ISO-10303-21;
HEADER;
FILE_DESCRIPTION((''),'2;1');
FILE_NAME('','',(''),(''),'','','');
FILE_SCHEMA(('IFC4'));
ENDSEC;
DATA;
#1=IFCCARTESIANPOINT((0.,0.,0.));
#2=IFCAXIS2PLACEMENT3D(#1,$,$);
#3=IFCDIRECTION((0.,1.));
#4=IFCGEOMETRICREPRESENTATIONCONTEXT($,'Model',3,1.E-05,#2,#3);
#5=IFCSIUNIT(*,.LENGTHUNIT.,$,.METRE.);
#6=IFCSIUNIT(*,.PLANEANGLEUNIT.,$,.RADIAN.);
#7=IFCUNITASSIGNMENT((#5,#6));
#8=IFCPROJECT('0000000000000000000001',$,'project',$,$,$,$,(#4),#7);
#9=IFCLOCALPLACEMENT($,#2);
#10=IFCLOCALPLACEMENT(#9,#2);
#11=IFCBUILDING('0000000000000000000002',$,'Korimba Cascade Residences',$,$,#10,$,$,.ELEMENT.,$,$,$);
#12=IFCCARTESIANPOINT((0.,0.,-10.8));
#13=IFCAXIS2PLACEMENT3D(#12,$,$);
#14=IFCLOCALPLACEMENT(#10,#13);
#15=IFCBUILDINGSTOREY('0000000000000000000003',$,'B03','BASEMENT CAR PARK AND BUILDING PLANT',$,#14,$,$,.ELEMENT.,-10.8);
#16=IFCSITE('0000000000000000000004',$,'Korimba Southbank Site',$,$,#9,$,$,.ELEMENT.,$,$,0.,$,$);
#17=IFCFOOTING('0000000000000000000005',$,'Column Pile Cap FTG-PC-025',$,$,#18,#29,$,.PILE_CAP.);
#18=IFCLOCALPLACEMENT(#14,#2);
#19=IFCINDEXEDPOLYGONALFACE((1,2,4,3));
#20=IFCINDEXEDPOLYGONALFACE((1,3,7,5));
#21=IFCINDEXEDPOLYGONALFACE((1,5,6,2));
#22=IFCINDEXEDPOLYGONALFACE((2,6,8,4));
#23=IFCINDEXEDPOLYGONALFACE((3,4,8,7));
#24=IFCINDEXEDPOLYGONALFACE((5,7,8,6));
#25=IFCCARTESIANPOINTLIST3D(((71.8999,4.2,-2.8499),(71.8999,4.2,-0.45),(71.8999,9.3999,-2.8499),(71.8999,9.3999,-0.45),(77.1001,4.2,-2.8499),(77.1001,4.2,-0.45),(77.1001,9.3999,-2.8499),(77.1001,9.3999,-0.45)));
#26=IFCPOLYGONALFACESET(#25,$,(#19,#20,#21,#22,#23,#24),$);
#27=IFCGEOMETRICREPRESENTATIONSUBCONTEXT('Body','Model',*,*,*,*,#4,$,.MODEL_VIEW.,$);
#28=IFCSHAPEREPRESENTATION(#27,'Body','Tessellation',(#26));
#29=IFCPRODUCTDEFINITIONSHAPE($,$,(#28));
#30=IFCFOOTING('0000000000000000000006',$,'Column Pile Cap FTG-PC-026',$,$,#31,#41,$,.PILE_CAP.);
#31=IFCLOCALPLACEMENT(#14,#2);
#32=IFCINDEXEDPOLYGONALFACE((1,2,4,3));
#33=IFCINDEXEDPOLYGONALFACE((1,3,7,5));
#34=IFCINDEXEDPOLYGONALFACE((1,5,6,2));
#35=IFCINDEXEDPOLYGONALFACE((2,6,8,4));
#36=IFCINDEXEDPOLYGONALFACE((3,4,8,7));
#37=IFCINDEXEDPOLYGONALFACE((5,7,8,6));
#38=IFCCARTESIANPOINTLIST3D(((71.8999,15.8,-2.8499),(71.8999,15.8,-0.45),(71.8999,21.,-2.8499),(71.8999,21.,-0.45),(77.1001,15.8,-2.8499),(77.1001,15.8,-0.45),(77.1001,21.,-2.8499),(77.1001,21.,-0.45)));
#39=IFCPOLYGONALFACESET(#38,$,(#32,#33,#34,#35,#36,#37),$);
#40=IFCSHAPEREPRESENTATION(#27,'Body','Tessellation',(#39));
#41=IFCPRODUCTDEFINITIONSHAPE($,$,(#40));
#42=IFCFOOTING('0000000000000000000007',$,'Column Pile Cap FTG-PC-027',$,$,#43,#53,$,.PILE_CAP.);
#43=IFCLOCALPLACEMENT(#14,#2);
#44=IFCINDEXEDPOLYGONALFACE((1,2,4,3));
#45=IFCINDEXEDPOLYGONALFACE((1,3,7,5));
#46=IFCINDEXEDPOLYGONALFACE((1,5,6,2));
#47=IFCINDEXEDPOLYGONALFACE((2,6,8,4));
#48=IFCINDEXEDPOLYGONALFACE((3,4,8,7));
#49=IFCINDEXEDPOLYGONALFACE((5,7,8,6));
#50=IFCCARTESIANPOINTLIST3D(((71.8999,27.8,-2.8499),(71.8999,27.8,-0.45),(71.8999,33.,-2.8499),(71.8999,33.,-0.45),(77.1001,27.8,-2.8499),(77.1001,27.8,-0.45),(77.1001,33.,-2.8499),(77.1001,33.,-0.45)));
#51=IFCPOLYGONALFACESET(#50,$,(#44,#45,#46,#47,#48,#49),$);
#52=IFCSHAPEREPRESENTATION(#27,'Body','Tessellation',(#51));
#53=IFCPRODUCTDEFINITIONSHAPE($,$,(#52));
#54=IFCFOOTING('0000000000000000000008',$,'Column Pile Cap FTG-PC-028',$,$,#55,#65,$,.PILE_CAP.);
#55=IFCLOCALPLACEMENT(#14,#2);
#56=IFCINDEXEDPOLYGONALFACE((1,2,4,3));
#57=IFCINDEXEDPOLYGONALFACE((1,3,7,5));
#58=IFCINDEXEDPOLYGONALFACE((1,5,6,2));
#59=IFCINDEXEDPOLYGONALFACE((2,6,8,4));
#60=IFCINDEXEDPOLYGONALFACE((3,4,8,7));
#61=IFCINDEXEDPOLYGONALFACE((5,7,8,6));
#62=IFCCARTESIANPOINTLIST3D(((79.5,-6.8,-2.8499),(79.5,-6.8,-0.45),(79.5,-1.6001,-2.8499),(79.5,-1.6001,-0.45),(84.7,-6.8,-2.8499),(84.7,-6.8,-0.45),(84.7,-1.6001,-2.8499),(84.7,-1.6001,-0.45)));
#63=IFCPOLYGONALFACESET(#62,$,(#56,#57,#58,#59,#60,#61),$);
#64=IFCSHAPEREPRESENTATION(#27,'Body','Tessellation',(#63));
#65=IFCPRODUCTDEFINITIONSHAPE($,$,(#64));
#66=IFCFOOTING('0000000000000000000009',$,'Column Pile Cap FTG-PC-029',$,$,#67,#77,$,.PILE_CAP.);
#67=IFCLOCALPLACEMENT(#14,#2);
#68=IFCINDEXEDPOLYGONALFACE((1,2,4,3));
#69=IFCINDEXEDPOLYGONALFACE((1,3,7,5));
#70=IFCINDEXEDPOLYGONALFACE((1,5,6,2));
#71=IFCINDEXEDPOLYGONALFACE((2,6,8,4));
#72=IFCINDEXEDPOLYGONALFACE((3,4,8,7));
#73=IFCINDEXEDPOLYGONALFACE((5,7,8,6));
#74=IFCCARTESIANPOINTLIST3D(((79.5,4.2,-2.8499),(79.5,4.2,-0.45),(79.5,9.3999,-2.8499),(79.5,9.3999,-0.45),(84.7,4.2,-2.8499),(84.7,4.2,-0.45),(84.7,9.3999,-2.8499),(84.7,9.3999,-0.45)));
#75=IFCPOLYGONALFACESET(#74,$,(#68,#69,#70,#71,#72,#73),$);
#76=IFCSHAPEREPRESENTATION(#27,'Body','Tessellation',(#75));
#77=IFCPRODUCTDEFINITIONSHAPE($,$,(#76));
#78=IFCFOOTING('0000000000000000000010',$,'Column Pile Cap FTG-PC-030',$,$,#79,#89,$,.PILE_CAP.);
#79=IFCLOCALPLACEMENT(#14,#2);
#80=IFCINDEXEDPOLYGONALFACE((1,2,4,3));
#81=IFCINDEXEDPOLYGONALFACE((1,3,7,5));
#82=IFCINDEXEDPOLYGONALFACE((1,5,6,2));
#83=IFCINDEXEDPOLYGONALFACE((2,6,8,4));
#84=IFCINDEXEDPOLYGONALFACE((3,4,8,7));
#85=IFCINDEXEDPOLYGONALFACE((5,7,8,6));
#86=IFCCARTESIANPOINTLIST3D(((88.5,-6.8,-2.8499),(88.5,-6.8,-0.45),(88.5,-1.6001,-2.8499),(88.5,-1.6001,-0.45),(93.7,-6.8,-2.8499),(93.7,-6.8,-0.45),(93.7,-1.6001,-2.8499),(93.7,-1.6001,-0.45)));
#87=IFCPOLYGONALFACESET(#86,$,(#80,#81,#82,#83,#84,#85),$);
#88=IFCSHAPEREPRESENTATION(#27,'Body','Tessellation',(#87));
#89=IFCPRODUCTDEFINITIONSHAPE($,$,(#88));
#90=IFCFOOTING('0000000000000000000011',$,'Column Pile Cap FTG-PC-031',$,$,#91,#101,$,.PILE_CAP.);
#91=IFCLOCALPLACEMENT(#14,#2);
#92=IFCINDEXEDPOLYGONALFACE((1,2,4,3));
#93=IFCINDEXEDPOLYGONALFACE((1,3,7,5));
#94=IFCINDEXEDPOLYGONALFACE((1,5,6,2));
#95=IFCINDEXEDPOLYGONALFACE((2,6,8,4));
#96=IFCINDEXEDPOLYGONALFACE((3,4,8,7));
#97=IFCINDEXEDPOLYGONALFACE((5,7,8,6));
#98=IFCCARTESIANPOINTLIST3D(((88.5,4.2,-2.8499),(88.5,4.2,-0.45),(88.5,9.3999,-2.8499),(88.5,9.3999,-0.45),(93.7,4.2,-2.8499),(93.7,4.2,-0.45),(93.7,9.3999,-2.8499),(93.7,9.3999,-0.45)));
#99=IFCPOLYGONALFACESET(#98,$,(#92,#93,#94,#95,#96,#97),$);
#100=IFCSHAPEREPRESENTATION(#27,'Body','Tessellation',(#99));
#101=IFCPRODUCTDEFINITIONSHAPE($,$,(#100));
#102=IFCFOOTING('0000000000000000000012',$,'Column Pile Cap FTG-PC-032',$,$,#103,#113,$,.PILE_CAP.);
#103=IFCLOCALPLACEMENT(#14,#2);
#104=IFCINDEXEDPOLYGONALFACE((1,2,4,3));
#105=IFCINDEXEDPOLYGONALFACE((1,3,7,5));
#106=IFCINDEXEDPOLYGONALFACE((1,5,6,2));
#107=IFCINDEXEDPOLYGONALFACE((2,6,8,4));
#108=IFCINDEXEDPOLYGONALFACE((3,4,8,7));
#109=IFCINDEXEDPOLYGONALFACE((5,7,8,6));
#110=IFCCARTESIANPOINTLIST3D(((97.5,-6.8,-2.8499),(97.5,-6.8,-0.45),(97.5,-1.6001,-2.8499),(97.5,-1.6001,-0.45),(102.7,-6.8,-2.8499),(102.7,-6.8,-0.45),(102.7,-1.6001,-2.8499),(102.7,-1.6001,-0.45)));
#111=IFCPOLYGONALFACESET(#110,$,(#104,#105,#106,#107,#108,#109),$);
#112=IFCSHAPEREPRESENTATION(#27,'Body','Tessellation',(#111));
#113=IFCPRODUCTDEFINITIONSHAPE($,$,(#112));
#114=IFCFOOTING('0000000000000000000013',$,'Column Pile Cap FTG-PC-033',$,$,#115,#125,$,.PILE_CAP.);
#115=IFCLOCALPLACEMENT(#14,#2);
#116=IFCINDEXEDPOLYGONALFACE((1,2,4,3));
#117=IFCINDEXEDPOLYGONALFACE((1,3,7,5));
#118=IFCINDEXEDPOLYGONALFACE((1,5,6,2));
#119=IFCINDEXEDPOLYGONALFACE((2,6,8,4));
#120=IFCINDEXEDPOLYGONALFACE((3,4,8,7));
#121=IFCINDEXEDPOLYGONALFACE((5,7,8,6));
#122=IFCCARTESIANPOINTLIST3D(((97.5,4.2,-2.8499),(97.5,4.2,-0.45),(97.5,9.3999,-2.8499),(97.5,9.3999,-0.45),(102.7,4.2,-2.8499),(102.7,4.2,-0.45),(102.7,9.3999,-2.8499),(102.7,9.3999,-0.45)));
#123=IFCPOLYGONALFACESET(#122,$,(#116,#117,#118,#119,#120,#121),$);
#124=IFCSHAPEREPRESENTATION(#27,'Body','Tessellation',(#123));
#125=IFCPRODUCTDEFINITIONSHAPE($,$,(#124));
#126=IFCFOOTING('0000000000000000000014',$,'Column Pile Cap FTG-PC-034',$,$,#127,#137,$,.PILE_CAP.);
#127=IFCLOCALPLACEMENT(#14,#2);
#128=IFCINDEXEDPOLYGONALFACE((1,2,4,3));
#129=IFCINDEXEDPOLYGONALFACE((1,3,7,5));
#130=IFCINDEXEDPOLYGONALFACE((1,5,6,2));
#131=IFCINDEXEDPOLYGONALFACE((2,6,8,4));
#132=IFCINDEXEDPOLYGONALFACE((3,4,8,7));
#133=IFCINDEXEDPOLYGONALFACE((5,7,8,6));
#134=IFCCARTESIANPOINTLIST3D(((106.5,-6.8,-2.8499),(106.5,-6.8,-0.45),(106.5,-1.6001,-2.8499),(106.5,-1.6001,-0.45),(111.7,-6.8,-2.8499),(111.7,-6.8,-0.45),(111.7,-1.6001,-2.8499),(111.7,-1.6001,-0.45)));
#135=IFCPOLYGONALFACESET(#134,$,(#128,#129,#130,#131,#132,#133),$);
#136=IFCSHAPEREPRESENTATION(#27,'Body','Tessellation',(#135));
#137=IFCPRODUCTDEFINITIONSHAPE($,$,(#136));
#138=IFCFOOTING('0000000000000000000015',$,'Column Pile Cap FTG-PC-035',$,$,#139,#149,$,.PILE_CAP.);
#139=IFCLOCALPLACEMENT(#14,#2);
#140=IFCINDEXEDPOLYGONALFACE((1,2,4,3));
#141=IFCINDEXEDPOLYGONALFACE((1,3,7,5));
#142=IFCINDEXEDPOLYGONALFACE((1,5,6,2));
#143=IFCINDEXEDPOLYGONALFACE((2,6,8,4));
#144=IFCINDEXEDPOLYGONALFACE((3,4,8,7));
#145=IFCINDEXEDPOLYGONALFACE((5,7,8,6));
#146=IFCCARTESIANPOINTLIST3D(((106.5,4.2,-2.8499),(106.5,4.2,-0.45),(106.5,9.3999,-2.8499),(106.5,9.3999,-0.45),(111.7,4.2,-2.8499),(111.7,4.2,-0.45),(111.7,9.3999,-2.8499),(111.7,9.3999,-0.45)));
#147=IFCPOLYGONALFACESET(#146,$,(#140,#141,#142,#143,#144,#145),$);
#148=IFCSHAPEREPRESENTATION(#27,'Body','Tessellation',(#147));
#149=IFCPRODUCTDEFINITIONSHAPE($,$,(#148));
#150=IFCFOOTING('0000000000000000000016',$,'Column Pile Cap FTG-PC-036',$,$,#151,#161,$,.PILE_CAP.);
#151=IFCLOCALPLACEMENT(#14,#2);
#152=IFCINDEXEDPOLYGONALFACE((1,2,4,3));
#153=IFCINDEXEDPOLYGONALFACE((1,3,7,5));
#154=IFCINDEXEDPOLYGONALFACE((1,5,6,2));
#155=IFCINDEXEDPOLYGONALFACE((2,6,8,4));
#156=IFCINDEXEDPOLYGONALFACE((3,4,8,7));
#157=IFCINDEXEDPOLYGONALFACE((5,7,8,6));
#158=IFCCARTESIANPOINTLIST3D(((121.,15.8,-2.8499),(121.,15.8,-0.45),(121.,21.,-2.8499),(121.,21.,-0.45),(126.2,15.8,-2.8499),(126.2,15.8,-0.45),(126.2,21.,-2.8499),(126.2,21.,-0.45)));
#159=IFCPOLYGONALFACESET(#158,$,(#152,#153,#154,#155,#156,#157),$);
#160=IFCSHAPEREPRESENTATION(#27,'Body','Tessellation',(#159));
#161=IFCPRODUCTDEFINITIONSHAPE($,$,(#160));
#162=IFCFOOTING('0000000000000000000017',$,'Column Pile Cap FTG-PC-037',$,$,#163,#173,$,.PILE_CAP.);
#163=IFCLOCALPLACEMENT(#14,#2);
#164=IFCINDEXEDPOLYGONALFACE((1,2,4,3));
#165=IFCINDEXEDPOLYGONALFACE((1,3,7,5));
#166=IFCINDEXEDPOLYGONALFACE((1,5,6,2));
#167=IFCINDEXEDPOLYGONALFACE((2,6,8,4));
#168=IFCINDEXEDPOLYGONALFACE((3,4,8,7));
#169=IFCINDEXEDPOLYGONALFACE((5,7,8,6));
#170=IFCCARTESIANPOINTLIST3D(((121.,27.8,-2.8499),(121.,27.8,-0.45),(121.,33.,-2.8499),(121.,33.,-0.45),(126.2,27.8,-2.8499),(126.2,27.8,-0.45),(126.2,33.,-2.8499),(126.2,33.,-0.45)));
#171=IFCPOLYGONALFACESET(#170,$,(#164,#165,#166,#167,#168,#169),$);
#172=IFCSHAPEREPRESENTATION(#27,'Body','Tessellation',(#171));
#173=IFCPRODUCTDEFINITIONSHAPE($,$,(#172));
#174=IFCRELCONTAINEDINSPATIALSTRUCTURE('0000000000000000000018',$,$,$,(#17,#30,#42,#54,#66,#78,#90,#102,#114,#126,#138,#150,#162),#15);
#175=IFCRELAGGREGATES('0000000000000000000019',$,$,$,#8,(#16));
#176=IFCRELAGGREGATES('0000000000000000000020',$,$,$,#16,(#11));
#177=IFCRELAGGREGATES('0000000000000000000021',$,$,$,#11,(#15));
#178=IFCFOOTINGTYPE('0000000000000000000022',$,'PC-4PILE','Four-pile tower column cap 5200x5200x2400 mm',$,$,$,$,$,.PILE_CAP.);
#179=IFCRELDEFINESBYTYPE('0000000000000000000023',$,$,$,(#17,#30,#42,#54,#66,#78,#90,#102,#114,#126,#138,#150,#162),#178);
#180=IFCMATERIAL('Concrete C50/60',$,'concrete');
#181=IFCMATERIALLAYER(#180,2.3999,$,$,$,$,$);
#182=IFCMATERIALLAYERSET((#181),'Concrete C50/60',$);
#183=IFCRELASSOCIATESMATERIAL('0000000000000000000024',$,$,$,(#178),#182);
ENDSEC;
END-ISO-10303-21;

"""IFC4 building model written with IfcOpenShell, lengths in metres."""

from ifc_helpers import new_model, si_unit, direction, frame, origin, place, context, subcontext, project, spatial, polyline, outline, extrude, material, layer, layer_set, type_object, element, save


model = new_model("IFC4")

# Units and contexts
model_context = context("Model", 3, precision=1e-05, world=origin(), true_north=direction((0.0, 1.0)))
body_context = subcontext(model_context, "Body", "Model", "MODEL_VIEW")
ifc_project = project(units=[si_unit("LENGTHUNIT", "METRE"), si_unit("PLANEANGLEUNIT", "RADIAN")], contexts=[model_context])

# Site, building, storey
site_placement = place(None, origin())
site = spatial("IfcSite", under=ifc_project, at=site_placement, Name="Korimba Southbank Site", CompositionType="ELEMENT", RefElevation=0.0)
building_placement = place(site_placement, origin())
building = spatial("IfcBuilding", under=site, at=building_placement, Name="Korimba Cascade Residences", CompositionType="ELEMENT")
storey_placement = place(building_placement, frame((0.0, 0.0, -10.8)))
storey = spatial("IfcBuildingStorey", under=building, at=storey_placement, Name="B03", Description="BASEMENT CAR PARK AND BUILDING PLANT", CompositionType="ELEMENT", Elevation=-10.8)

# Footings
ifc_material = material(Name="Concrete C50/60", Category="concrete")
ifc_layer_1 = layer(ifc_material, 2.3999)
ifc_layer_set_1 = layer_set([ifc_layer_1], Name="Concrete C50/60")
footing_type_1 = type_object("IfcFootingType", Name="PC-4PILE", Description="Four-pile tower column cap 5200x5200x2400 mm", PredefinedType="PILE_CAP", material=ifc_layer_set_1)
footing_1_placement = place(storey_placement, frame((0.0, 0.0, -2.8499)))
element("IfcFooting", 1, at=footing_1_placement, inside=storey, type_object=footing_type_1, Name="Column Pile Cap FTG-PC-025", PredefinedType="PILE_CAP", context=body_context, shape_type="SweptSolid", body=[
    extrude(outline(polyline([(71.8999, 4.2), (77.1001, 4.2), (77.1001, 9.3999), (71.8999, 9.3999), (71.8999, 4.2)])), origin(), (0.0, 0.0, 1.0), 2.3999),
])
footing_2_placement = place(storey_placement, frame((0.0, 0.0, -2.8499)))
element("IfcFooting", 2, at=footing_2_placement, inside=storey, type_object=footing_type_1, Name="Column Pile Cap FTG-PC-026", PredefinedType="PILE_CAP", context=body_context, shape_type="SweptSolid", body=[
    extrude(outline(polyline([(71.8999, 15.8), (77.1001, 15.8), (77.1001, 21.0), (71.8999, 21.0), (71.8999, 15.8)])), origin(), (0.0, 0.0, 1.0), 2.3999),
])
footing_3_placement = place(storey_placement, frame((0.0, 0.0, -2.8499)))
element("IfcFooting", 3, at=footing_3_placement, inside=storey, type_object=footing_type_1, Name="Column Pile Cap FTG-PC-027", PredefinedType="PILE_CAP", context=body_context, shape_type="SweptSolid", body=[
    extrude(outline(polyline([(71.8999, 27.8), (77.1001, 27.8), (77.1001, 33.0), (71.8999, 33.0), (71.8999, 27.8)])), origin(), (0.0, 0.0, 1.0), 2.3999),
])
footing_4_placement = place(storey_placement, frame((0.0, 0.0, -2.8499)))
element("IfcFooting", 4, at=footing_4_placement, inside=storey, type_object=footing_type_1, Name="Column Pile Cap FTG-PC-028", PredefinedType="PILE_CAP", context=body_context, shape_type="SweptSolid", body=[
    extrude(outline(polyline([(79.5, -6.8), (84.7, -6.8), (84.7, -1.6001), (79.5, -1.6001), (79.5, -6.8)])), origin(), (0.0, 0.0, 1.0), 2.3999),
])
footing_5_placement = place(storey_placement, frame((0.0, 0.0, -2.8499)))
element("IfcFooting", 5, at=footing_5_placement, inside=storey, type_object=footing_type_1, Name="Column Pile Cap FTG-PC-029", PredefinedType="PILE_CAP", context=body_context, shape_type="SweptSolid", body=[
    extrude(outline(polyline([(79.5, 4.2), (84.7, 4.2), (84.7, 9.3999), (79.5, 9.3999), (79.5, 4.2)])), origin(), (0.0, 0.0, 1.0), 2.3999),
])
footing_6_placement = place(storey_placement, frame((0.0, 0.0, -2.8499)))
element("IfcFooting", 6, at=footing_6_placement, inside=storey, type_object=footing_type_1, Name="Column Pile Cap FTG-PC-030", PredefinedType="PILE_CAP", context=body_context, shape_type="SweptSolid", body=[
    extrude(outline(polyline([(88.5, -6.8), (93.7, -6.8), (93.7, -1.6001), (88.5, -1.6001), (88.5, -6.8)])), origin(), (0.0, 0.0, 1.0), 2.3999),
])
footing_7_placement = place(storey_placement, frame((0.0, 0.0, -2.8499)))
element("IfcFooting", 7, at=footing_7_placement, inside=storey, type_object=footing_type_1, Name="Column Pile Cap FTG-PC-031", PredefinedType="PILE_CAP", context=body_context, shape_type="SweptSolid", body=[
    extrude(outline(polyline([(88.5, 4.2), (93.7, 4.2), (93.7, 9.3999), (88.5, 9.3999), (88.5, 4.2)])), origin(), (0.0, 0.0, 1.0), 2.3999),
])
footing_8_placement = place(storey_placement, frame((0.0, 0.0, -2.8499)))
element("IfcFooting", 8, at=footing_8_placement, inside=storey, type_object=footing_type_1, Name="Column Pile Cap FTG-PC-032", PredefinedType="PILE_CAP", context=body_context, shape_type="SweptSolid", body=[
    extrude(outline(polyline([(97.5, -6.8), (102.7, -6.8), (102.7, -1.6001), (97.5, -1.6001), (97.5, -6.8)])), origin(), (0.0, 0.0, 1.0), 2.3999),
])
footing_9_placement = place(storey_placement, frame((0.0, 0.0, -2.8499)))
element("IfcFooting", 9, at=footing_9_placement, inside=storey, type_object=footing_type_1, Name="Column Pile Cap FTG-PC-033", PredefinedType="PILE_CAP", context=body_context, shape_type="SweptSolid", body=[
    extrude(outline(polyline([(97.5, 4.2), (102.7, 4.2), (102.7, 9.3999), (97.5, 9.3999), (97.5, 4.2)])), origin(), (0.0, 0.0, 1.0), 2.3999),
])
footing_10_placement = place(storey_placement, frame((0.0, 0.0, -2.8499)))
element("IfcFooting", 10, at=footing_10_placement, inside=storey, type_object=footing_type_1, Name="Column Pile Cap FTG-PC-034", PredefinedType="PILE_CAP", context=body_context, shape_type="SweptSolid", body=[
    extrude(outline(polyline([(106.5, -6.8), (111.7, -6.8), (111.7, -1.6001), (106.5, -1.6001), (106.5, -6.8)])), origin(), (0.0, 0.0, 1.0), 2.3999),
])
footing_11_placement = place(storey_placement, frame((0.0, 0.0, -2.8499)))
element("IfcFooting", 11, at=footing_11_placement, inside=storey, type_object=footing_type_1, Name="Column Pile Cap FTG-PC-035", PredefinedType="PILE_CAP", context=body_context, shape_type="SweptSolid", body=[
    extrude(outline(polyline([(106.5, 4.2), (111.7, 4.2), (111.7, 9.3999), (106.5, 9.3999), (106.5, 4.2)])), origin(), (0.0, 0.0, 1.0), 2.3999),
])
footing_12_placement = place(storey_placement, frame((0.0, 0.0, -2.8499)))
element("IfcFooting", 12, at=footing_12_placement, inside=storey, type_object=footing_type_1, Name="Column Pile Cap FTG-PC-036", PredefinedType="PILE_CAP", context=body_context, shape_type="SweptSolid", body=[
    extrude(outline(polyline([(121.0, 15.8), (126.2, 15.8), (126.2, 21.0), (121.0, 21.0), (121.0, 15.8)])), origin(), (0.0, 0.0, 1.0), 2.3999),
])
footing_13_placement = place(storey_placement, frame((0.0, 0.0, -2.8499)))
element("IfcFooting", 13, at=footing_13_placement, inside=storey, type_object=footing_type_1, Name="Column Pile Cap FTG-PC-037", PredefinedType="PILE_CAP", context=body_context, shape_type="SweptSolid", body=[
    extrude(outline(polyline([(121.0, 27.8), (126.2, 27.8), (126.2, 33.0), (121.0, 33.0), (121.0, 27.8)])), origin(), (0.0, 0.0, 1.0), 2.3999),
])

save(model, "model.ifc")
